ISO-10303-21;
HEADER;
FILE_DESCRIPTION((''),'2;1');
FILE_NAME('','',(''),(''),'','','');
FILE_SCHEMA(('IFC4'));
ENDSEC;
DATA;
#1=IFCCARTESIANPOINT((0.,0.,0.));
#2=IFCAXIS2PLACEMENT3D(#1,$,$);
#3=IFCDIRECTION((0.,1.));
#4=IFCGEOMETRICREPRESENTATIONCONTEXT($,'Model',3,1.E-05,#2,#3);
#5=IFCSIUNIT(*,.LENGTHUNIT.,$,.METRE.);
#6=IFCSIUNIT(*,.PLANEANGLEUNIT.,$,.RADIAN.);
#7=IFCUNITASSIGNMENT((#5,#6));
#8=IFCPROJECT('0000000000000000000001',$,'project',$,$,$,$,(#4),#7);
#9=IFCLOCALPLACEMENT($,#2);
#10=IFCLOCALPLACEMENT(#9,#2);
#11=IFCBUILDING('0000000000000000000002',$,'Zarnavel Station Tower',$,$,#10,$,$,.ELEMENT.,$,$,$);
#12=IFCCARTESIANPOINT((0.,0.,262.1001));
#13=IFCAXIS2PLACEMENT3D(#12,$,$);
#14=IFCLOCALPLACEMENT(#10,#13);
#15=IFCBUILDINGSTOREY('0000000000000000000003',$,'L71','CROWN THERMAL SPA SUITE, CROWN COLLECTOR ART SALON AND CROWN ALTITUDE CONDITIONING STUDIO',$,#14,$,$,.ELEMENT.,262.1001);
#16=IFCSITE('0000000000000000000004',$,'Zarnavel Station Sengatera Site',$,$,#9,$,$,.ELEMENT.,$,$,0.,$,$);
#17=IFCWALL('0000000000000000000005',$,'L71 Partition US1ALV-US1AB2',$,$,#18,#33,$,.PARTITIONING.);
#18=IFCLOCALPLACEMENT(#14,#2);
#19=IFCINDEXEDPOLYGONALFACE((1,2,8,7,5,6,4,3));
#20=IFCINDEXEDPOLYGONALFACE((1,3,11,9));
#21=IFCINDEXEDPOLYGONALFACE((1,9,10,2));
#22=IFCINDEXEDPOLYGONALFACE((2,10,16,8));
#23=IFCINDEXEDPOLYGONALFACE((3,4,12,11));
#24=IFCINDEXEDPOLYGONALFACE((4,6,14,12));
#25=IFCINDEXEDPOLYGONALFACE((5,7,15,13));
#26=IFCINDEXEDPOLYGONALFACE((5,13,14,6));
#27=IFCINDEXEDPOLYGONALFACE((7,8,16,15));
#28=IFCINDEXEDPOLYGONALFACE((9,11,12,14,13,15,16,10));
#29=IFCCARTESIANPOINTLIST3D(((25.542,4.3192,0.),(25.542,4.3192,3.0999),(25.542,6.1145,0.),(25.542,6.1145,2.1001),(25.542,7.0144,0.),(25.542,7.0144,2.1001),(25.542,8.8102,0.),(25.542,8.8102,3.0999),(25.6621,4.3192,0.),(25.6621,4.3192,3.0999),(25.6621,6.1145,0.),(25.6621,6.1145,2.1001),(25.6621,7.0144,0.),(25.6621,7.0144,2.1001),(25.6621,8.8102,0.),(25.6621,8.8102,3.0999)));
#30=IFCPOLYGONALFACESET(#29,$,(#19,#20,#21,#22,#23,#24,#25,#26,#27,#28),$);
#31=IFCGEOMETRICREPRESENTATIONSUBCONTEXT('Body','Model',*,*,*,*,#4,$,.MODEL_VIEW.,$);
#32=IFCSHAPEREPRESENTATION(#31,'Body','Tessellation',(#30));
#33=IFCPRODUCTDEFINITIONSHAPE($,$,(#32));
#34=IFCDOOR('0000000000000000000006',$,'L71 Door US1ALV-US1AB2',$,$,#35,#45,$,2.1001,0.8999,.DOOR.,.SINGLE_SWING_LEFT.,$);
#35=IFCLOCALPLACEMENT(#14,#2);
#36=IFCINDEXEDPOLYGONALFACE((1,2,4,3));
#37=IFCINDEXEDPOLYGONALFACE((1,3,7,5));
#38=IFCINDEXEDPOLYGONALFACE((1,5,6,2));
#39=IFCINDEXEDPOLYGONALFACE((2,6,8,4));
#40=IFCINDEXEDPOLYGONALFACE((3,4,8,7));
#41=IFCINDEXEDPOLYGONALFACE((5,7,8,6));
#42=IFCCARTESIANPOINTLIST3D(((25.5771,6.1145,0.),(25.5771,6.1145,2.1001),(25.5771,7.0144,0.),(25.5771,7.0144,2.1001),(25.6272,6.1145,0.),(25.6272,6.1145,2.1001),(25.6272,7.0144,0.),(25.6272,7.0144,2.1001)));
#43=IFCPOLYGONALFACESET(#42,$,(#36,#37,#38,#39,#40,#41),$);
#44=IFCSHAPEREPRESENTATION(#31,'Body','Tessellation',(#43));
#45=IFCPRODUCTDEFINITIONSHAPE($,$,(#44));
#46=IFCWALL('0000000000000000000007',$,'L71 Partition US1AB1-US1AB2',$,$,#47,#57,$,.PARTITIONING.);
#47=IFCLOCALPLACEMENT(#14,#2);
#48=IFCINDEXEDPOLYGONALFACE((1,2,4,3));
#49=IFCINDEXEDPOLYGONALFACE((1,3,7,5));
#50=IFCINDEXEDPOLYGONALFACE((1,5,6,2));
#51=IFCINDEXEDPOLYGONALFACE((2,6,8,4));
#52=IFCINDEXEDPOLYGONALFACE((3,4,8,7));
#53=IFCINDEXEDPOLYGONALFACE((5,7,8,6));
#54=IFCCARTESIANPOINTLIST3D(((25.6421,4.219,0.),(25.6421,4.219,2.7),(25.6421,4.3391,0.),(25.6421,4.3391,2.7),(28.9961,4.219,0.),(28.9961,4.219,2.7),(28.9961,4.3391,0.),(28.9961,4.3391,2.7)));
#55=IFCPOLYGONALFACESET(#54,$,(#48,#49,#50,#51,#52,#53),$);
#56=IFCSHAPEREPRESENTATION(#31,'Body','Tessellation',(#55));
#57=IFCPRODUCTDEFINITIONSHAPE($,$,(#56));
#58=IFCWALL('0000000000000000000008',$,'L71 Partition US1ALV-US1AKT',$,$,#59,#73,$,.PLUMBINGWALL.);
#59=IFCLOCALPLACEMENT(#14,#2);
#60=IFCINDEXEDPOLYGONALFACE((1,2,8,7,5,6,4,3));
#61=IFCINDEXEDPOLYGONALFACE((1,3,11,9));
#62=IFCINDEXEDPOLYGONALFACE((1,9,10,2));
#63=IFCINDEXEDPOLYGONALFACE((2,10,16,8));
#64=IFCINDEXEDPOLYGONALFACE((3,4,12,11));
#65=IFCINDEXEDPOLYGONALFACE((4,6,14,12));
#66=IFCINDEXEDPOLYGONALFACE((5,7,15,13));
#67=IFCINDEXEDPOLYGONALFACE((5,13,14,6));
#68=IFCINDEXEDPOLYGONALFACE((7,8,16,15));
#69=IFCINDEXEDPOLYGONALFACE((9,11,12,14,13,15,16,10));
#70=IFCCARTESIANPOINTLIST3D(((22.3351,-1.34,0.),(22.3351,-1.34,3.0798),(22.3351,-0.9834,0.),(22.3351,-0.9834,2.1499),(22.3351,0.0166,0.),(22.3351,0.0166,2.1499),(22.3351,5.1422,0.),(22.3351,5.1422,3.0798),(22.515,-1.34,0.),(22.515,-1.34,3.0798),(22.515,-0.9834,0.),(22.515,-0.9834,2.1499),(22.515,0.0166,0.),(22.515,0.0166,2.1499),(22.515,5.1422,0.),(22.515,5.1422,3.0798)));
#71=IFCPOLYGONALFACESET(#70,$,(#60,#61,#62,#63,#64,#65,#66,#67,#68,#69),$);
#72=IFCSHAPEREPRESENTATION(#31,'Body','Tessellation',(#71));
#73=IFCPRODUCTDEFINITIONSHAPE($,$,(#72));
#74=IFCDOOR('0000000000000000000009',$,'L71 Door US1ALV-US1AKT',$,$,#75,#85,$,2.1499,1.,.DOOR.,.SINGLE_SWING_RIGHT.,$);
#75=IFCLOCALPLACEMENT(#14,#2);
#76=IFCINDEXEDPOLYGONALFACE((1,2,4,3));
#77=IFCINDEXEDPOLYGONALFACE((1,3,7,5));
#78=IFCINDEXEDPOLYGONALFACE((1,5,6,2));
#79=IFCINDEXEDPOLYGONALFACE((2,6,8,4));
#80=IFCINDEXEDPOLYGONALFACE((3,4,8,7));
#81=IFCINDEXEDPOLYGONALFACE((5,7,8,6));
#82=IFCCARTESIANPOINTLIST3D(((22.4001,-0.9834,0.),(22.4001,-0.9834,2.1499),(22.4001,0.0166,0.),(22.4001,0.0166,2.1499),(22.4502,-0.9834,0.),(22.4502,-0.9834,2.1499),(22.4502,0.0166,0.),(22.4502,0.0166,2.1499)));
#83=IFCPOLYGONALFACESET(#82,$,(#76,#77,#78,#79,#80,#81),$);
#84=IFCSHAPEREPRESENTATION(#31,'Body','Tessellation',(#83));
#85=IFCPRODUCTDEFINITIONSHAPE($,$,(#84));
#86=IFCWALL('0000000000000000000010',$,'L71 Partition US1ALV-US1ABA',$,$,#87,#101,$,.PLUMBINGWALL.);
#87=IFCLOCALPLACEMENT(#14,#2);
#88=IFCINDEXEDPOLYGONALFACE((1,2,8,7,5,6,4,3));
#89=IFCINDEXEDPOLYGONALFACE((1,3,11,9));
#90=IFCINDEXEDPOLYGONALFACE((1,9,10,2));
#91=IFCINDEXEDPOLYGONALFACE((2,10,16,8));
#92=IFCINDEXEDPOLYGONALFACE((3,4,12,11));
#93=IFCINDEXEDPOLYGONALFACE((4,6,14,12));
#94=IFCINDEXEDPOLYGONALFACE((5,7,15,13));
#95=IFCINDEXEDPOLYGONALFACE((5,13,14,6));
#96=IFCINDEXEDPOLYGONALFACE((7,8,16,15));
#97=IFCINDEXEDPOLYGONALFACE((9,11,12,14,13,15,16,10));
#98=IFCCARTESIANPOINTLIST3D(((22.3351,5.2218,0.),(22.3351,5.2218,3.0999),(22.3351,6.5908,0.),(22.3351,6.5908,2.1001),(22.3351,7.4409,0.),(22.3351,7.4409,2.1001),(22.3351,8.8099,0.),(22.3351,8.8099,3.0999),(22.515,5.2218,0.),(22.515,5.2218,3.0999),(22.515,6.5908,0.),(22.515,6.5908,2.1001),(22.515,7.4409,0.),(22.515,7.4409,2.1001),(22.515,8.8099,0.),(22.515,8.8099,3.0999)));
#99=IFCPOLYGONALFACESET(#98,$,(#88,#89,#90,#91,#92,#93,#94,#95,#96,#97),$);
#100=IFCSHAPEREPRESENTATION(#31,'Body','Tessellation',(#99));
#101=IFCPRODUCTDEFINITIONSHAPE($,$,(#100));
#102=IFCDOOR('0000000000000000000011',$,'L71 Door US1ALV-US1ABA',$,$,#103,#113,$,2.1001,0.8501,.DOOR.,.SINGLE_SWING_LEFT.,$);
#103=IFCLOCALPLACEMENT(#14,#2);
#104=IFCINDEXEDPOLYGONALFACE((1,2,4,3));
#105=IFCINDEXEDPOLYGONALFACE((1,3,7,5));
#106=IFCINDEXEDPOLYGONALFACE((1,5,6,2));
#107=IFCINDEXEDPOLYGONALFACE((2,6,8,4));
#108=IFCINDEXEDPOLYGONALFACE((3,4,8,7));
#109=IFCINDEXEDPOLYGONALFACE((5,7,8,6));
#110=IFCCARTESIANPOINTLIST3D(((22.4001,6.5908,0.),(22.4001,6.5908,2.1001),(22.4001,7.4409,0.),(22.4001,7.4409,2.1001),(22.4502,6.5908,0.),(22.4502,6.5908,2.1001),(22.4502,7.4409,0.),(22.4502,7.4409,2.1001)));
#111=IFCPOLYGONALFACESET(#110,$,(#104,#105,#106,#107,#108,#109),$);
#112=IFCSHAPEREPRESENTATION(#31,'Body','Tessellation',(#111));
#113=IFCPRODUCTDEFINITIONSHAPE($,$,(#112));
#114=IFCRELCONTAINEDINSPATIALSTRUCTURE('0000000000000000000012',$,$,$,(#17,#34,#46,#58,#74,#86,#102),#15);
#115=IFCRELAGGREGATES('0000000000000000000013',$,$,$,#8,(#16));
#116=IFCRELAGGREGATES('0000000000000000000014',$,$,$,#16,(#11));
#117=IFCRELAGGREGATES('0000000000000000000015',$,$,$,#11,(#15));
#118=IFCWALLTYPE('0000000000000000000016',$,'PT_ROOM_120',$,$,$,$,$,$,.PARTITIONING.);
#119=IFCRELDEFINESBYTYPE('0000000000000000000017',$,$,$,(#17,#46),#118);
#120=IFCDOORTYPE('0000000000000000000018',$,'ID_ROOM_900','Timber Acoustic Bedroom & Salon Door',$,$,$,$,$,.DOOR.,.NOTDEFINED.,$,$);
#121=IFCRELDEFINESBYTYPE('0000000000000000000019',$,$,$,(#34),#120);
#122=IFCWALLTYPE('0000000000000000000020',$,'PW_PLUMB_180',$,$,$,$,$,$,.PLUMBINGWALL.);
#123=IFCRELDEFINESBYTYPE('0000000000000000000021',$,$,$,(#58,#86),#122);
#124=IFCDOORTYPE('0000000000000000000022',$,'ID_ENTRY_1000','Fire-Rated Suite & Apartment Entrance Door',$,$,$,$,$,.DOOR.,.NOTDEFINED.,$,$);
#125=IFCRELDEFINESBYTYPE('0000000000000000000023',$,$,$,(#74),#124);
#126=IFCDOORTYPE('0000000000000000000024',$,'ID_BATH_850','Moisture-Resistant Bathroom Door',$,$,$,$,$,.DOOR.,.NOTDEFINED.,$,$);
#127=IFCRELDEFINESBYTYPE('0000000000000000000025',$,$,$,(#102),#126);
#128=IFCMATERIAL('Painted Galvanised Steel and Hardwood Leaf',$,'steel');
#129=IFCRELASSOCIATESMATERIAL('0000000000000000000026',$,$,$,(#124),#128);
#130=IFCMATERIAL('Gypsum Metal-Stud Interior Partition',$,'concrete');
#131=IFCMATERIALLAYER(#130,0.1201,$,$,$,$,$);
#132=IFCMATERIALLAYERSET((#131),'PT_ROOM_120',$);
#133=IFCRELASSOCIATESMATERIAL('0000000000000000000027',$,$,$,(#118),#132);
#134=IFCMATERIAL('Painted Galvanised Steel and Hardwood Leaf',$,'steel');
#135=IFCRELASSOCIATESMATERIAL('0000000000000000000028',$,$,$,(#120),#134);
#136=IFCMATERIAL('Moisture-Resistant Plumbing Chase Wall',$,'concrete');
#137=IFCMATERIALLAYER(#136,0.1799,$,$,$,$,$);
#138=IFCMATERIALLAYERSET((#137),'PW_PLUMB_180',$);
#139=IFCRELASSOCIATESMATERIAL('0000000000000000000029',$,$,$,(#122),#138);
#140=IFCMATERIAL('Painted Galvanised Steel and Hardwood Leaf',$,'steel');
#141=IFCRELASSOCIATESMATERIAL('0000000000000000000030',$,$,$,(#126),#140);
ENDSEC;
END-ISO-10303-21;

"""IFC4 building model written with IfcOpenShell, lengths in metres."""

from ifc_helpers import new_model, si_unit, direction, frame, frame_2d, origin, place, context, subcontext, project, spatial, rectangle, extrude, material, layer, layer_set, type_object, element, fill, save


model = new_model("IFC4")

# Units and contexts
model_context = context("Model", 3, precision=1e-05, world=origin(), true_north=direction((0.0, 1.0)))
body_context = subcontext(model_context, "Body", "Model", "MODEL_VIEW")
ifc_project = project(units=[si_unit("LENGTHUNIT", "METRE"), si_unit("PLANEANGLEUNIT", "RADIAN")], contexts=[model_context])

# Site, building, storey
site_placement = place(None, origin())
site = spatial("IfcSite", under=ifc_project, at=site_placement, Name="Zarnavel Station Sengatera Site", CompositionType="ELEMENT", RefElevation=0.0)
building_placement = place(site_placement, origin())
building = spatial("IfcBuilding", under=site, at=building_placement, Name="Zarnavel Station Tower", CompositionType="ELEMENT")
storey_placement = place(building_placement, frame((0.0, 0.0, 262.1001)))
storey = spatial("IfcBuildingStorey", under=building, at=storey_placement, Name="L71", Description="CROWN THERMAL SPA SUITE, CROWN COLLECTOR ART SALON AND CROWN ALTITUDE CONDITIONING STUDIO", CompositionType="ELEMENT", Elevation=262.1001)

# Shared definitions
ifc_material_1 = material(Name="Painted Galvanised Steel and Hardwood Leaf", Category="steel")
door_type_1 = type_object("IfcDoorType", Name="ID_ENTRY_1000", Description="Fire-Rated Suite & Apartment Entrance Door", OperationType="NOTDEFINED", PredefinedType="DOOR", material=ifc_material_1)

# Wall, opening, door
ifc_material_2 = material(Name="Gypsum Metal-Stud Interior Partition", Category="concrete")
ifc_layer_1 = layer(ifc_material_2, 0.1201)
ifc_layer_set_1 = layer_set([ifc_layer_1], Name="PT_ROOM_120")
wall_type_1 = type_object("IfcWallType", Name="PT_ROOM_120", PredefinedType="PARTITIONING", material=ifc_layer_set_1)
ifc_material_3 = material(Name="Painted Galvanised Steel and Hardwood Leaf", Category="steel")
door_type_2 = type_object("IfcDoorType", Name="ID_ROOM_900", Description="Timber Acoustic Bedroom & Salon Door", OperationType="NOTDEFINED", PredefinedType="DOOR", material=ifc_material_3)
wall_1_placement = place(storey_placement, frame((25.6021, 4.3191, 0.0), z_axis=(0.0, 0.0, 1.0), x_axis=(0.0, 1.0, 0.0)))
wall_1 = element("IfcWall", 1, at=wall_1_placement, inside=storey, type_object=wall_type_1, Name="L71 Partition US1ALV-US1AB2", PredefinedType="PARTITIONING", context=body_context, shape_type="SweptSolid", body=[
    extrude(rectangle(XDim=4.491, YDim=0.1201, at=frame_2d((2.2456, 0.0))), origin(), (0.0, 0.0, 1.0), 3.0999),
])
opening_1_placement = place(wall_1_placement, frame((1.7954, 0.0, 0.0)))
opening_1 = element("IfcOpeningElement", 2, at=opening_1_placement, cuts=wall_1, PredefinedType="OPENING", context=body_context, shape_type="SweptSolid", body=[
    extrude(rectangle(XDim=0.8999, YDim=2.1001, at=frame_2d((0.45, 1.05))), frame((0.0, 0.0701, 0.0), z_axis=(0.0, -1.0, 0.0), x_axis=(1.0, 0.0, 0.0)), (0.0, 0.0, 1.0), 0.1401),
])
door_1_placement = place(opening_1_placement, origin())
door_1 = element("IfcDoor", 3, at=door_1_placement, inside=storey, type_object=door_type_2, Name="L71 Door US1ALV-US1AB2", OperationType="SINGLE_SWING_LEFT", OverallHeight=2.1001, OverallWidth=0.8999, PredefinedType="DOOR", context=body_context, shape_type="SweptSolid", body=[
    extrude(rectangle(XDim=0.8999, YDim=2.1001, at=frame_2d((0.45, 1.05))), frame((0.0, 0.0249, 0.0), z_axis=(0.0, -1.0, 0.0), x_axis=(1.0, 0.0, 0.0)), (0.0, 0.0, 1.0), 0.05),
])
fill(opening_1, door_1)

# Wall
wall_2_placement = place(storey_placement, frame((25.6421, 4.2791, 0.0), z_axis=(0.0, 0.0, 1.0), x_axis=(1.0, 0.0, 0.0)))
element("IfcWall", 4, at=wall_2_placement, inside=storey, type_object=wall_type_1, Name="L71 Partition US1AB1-US1AB2", PredefinedType="PARTITIONING", context=body_context, shape_type="SweptSolid", body=[
    extrude(rectangle(XDim=3.354, YDim=0.1201, at=frame_2d((1.677, 0.0))), origin(), (0.0, 0.0, 1.0), 2.7),
])

# Walls, openings, doors
ifc_material_4 = material(Name="Moisture-Resistant Plumbing Chase Wall", Category="concrete")
ifc_layer_2 = layer(ifc_material_4, 0.1799)
ifc_layer_set_2 = layer_set([ifc_layer_2], Name="PW_PLUMB_180")
wall_type_2 = type_object("IfcWallType", Name="PW_PLUMB_180", PredefinedType="PLUMBINGWALL", material=ifc_layer_set_2)
wall_3_placement = place(storey_placement, frame((22.425, -1.3401, 0.0), z_axis=(0.0, 0.0, 1.0), x_axis=(0.0, 1.0, 0.0)))
wall_3 = element("IfcWall", 5, at=wall_3_placement, inside=storey, type_object=wall_type_2, Name="L71 Partition US1ALV-US1AKT", PredefinedType="PLUMBINGWALL", context=body_context, shape_type="SweptSolid", body=[
    extrude(rectangle(XDim=6.4822, YDim=0.1799, at=frame_2d((3.2412, 0.0))), origin(), (0.0, 0.0, 1.0), 3.0798),
])
opening_2_placement = place(wall_3_placement, frame((0.3567, 0.0, 0.0)))
opening_2 = element("IfcOpeningElement", 6, at=opening_2_placement, cuts=wall_3, PredefinedType="OPENING", context=body_context, shape_type="SweptSolid", body=[
    extrude(rectangle(XDim=1.0, YDim=2.1499, at=frame_2d((0.5, 1.075))), frame((0.0, 0.0999, 0.0), z_axis=(0.0, -1.0, 0.0), x_axis=(1.0, 0.0, 0.0)), (0.0, 0.0, 1.0), 0.2),
])
door_2_placement = place(opening_2_placement, origin())
door_2 = element("IfcDoor", 7, at=door_2_placement, inside=storey, type_object=door_type_1, Name="L71 Door US1ALV-US1AKT", OperationType="SINGLE_SWING_RIGHT", OverallHeight=2.1499, OverallWidth=1.0, PredefinedType="DOOR", context=body_context, shape_type="SweptSolid", body=[
    extrude(rectangle(XDim=1.0, YDim=2.1499, at=frame_2d((0.5, 1.075))), frame((0.0, 0.0249, 0.0), z_axis=(0.0, -1.0, 0.0), x_axis=(1.0, 0.0, 0.0)), (0.0, 0.0, 1.0), 0.05),
])
fill(opening_2, door_2)
wall_4_placement = place(storey_placement, frame((22.425, 5.2219, 0.0), z_axis=(0.0, 0.0, 1.0), x_axis=(0.0, 1.0, 0.0)))
wall_4 = element("IfcWall", 8, at=wall_4_placement, inside=storey, type_object=wall_type_2, Name="L71 Partition US1ALV-US1ABA", PredefinedType="PLUMBINGWALL", context=body_context, shape_type="SweptSolid", body=[
    extrude(rectangle(XDim=3.5881, YDim=0.1799, at=frame_2d((1.7939, 0.0))), origin(), (0.0, 0.0, 1.0), 3.0999),
])
opening_3_placement = place(wall_4_placement, frame((1.3689, 0.0, 0.0)))
opening_3 = element("IfcOpeningElement", 9, at=opening_3_placement, cuts=wall_4, PredefinedType="OPENING", context=body_context, shape_type="SweptSolid", body=[
    extrude(rectangle(XDim=0.8501, YDim=2.1001, at=frame_2d((0.425, 1.05))), frame((0.0, 0.0999, 0.0), z_axis=(0.0, -1.0, 0.0), x_axis=(1.0, 0.0, 0.0)), (0.0, 0.0, 1.0), 0.2),
])
ifc_material_5 = material(Name="Painted Galvanised Steel and Hardwood Leaf", Category="steel")
door_type_3 = type_object("IfcDoorType", Name="ID_BATH_850", Description="Moisture-Resistant Bathroom Door", OperationType="NOTDEFINED", PredefinedType="DOOR", material=ifc_material_5)
door_3_placement = place(opening_3_placement, origin())
door_3 = element("IfcDoor", 10, at=door_3_placement, inside=storey, type_object=door_type_3, Name="L71 Door US1ALV-US1ABA", OperationType="SINGLE_SWING_LEFT", OverallHeight=2.1001, OverallWidth=0.8501, PredefinedType="DOOR", context=body_context, shape_type="SweptSolid", body=[
    extrude(rectangle(XDim=0.8501, YDim=2.1001, at=frame_2d((0.425, 1.05))), frame((0.0, 0.0249, 0.0), z_axis=(0.0, -1.0, 0.0), x_axis=(1.0, 0.0, 0.0)), (0.0, 0.0, 1.0), 0.05),
])
fill(opening_3, door_3)

save(model, "model.ifc")
